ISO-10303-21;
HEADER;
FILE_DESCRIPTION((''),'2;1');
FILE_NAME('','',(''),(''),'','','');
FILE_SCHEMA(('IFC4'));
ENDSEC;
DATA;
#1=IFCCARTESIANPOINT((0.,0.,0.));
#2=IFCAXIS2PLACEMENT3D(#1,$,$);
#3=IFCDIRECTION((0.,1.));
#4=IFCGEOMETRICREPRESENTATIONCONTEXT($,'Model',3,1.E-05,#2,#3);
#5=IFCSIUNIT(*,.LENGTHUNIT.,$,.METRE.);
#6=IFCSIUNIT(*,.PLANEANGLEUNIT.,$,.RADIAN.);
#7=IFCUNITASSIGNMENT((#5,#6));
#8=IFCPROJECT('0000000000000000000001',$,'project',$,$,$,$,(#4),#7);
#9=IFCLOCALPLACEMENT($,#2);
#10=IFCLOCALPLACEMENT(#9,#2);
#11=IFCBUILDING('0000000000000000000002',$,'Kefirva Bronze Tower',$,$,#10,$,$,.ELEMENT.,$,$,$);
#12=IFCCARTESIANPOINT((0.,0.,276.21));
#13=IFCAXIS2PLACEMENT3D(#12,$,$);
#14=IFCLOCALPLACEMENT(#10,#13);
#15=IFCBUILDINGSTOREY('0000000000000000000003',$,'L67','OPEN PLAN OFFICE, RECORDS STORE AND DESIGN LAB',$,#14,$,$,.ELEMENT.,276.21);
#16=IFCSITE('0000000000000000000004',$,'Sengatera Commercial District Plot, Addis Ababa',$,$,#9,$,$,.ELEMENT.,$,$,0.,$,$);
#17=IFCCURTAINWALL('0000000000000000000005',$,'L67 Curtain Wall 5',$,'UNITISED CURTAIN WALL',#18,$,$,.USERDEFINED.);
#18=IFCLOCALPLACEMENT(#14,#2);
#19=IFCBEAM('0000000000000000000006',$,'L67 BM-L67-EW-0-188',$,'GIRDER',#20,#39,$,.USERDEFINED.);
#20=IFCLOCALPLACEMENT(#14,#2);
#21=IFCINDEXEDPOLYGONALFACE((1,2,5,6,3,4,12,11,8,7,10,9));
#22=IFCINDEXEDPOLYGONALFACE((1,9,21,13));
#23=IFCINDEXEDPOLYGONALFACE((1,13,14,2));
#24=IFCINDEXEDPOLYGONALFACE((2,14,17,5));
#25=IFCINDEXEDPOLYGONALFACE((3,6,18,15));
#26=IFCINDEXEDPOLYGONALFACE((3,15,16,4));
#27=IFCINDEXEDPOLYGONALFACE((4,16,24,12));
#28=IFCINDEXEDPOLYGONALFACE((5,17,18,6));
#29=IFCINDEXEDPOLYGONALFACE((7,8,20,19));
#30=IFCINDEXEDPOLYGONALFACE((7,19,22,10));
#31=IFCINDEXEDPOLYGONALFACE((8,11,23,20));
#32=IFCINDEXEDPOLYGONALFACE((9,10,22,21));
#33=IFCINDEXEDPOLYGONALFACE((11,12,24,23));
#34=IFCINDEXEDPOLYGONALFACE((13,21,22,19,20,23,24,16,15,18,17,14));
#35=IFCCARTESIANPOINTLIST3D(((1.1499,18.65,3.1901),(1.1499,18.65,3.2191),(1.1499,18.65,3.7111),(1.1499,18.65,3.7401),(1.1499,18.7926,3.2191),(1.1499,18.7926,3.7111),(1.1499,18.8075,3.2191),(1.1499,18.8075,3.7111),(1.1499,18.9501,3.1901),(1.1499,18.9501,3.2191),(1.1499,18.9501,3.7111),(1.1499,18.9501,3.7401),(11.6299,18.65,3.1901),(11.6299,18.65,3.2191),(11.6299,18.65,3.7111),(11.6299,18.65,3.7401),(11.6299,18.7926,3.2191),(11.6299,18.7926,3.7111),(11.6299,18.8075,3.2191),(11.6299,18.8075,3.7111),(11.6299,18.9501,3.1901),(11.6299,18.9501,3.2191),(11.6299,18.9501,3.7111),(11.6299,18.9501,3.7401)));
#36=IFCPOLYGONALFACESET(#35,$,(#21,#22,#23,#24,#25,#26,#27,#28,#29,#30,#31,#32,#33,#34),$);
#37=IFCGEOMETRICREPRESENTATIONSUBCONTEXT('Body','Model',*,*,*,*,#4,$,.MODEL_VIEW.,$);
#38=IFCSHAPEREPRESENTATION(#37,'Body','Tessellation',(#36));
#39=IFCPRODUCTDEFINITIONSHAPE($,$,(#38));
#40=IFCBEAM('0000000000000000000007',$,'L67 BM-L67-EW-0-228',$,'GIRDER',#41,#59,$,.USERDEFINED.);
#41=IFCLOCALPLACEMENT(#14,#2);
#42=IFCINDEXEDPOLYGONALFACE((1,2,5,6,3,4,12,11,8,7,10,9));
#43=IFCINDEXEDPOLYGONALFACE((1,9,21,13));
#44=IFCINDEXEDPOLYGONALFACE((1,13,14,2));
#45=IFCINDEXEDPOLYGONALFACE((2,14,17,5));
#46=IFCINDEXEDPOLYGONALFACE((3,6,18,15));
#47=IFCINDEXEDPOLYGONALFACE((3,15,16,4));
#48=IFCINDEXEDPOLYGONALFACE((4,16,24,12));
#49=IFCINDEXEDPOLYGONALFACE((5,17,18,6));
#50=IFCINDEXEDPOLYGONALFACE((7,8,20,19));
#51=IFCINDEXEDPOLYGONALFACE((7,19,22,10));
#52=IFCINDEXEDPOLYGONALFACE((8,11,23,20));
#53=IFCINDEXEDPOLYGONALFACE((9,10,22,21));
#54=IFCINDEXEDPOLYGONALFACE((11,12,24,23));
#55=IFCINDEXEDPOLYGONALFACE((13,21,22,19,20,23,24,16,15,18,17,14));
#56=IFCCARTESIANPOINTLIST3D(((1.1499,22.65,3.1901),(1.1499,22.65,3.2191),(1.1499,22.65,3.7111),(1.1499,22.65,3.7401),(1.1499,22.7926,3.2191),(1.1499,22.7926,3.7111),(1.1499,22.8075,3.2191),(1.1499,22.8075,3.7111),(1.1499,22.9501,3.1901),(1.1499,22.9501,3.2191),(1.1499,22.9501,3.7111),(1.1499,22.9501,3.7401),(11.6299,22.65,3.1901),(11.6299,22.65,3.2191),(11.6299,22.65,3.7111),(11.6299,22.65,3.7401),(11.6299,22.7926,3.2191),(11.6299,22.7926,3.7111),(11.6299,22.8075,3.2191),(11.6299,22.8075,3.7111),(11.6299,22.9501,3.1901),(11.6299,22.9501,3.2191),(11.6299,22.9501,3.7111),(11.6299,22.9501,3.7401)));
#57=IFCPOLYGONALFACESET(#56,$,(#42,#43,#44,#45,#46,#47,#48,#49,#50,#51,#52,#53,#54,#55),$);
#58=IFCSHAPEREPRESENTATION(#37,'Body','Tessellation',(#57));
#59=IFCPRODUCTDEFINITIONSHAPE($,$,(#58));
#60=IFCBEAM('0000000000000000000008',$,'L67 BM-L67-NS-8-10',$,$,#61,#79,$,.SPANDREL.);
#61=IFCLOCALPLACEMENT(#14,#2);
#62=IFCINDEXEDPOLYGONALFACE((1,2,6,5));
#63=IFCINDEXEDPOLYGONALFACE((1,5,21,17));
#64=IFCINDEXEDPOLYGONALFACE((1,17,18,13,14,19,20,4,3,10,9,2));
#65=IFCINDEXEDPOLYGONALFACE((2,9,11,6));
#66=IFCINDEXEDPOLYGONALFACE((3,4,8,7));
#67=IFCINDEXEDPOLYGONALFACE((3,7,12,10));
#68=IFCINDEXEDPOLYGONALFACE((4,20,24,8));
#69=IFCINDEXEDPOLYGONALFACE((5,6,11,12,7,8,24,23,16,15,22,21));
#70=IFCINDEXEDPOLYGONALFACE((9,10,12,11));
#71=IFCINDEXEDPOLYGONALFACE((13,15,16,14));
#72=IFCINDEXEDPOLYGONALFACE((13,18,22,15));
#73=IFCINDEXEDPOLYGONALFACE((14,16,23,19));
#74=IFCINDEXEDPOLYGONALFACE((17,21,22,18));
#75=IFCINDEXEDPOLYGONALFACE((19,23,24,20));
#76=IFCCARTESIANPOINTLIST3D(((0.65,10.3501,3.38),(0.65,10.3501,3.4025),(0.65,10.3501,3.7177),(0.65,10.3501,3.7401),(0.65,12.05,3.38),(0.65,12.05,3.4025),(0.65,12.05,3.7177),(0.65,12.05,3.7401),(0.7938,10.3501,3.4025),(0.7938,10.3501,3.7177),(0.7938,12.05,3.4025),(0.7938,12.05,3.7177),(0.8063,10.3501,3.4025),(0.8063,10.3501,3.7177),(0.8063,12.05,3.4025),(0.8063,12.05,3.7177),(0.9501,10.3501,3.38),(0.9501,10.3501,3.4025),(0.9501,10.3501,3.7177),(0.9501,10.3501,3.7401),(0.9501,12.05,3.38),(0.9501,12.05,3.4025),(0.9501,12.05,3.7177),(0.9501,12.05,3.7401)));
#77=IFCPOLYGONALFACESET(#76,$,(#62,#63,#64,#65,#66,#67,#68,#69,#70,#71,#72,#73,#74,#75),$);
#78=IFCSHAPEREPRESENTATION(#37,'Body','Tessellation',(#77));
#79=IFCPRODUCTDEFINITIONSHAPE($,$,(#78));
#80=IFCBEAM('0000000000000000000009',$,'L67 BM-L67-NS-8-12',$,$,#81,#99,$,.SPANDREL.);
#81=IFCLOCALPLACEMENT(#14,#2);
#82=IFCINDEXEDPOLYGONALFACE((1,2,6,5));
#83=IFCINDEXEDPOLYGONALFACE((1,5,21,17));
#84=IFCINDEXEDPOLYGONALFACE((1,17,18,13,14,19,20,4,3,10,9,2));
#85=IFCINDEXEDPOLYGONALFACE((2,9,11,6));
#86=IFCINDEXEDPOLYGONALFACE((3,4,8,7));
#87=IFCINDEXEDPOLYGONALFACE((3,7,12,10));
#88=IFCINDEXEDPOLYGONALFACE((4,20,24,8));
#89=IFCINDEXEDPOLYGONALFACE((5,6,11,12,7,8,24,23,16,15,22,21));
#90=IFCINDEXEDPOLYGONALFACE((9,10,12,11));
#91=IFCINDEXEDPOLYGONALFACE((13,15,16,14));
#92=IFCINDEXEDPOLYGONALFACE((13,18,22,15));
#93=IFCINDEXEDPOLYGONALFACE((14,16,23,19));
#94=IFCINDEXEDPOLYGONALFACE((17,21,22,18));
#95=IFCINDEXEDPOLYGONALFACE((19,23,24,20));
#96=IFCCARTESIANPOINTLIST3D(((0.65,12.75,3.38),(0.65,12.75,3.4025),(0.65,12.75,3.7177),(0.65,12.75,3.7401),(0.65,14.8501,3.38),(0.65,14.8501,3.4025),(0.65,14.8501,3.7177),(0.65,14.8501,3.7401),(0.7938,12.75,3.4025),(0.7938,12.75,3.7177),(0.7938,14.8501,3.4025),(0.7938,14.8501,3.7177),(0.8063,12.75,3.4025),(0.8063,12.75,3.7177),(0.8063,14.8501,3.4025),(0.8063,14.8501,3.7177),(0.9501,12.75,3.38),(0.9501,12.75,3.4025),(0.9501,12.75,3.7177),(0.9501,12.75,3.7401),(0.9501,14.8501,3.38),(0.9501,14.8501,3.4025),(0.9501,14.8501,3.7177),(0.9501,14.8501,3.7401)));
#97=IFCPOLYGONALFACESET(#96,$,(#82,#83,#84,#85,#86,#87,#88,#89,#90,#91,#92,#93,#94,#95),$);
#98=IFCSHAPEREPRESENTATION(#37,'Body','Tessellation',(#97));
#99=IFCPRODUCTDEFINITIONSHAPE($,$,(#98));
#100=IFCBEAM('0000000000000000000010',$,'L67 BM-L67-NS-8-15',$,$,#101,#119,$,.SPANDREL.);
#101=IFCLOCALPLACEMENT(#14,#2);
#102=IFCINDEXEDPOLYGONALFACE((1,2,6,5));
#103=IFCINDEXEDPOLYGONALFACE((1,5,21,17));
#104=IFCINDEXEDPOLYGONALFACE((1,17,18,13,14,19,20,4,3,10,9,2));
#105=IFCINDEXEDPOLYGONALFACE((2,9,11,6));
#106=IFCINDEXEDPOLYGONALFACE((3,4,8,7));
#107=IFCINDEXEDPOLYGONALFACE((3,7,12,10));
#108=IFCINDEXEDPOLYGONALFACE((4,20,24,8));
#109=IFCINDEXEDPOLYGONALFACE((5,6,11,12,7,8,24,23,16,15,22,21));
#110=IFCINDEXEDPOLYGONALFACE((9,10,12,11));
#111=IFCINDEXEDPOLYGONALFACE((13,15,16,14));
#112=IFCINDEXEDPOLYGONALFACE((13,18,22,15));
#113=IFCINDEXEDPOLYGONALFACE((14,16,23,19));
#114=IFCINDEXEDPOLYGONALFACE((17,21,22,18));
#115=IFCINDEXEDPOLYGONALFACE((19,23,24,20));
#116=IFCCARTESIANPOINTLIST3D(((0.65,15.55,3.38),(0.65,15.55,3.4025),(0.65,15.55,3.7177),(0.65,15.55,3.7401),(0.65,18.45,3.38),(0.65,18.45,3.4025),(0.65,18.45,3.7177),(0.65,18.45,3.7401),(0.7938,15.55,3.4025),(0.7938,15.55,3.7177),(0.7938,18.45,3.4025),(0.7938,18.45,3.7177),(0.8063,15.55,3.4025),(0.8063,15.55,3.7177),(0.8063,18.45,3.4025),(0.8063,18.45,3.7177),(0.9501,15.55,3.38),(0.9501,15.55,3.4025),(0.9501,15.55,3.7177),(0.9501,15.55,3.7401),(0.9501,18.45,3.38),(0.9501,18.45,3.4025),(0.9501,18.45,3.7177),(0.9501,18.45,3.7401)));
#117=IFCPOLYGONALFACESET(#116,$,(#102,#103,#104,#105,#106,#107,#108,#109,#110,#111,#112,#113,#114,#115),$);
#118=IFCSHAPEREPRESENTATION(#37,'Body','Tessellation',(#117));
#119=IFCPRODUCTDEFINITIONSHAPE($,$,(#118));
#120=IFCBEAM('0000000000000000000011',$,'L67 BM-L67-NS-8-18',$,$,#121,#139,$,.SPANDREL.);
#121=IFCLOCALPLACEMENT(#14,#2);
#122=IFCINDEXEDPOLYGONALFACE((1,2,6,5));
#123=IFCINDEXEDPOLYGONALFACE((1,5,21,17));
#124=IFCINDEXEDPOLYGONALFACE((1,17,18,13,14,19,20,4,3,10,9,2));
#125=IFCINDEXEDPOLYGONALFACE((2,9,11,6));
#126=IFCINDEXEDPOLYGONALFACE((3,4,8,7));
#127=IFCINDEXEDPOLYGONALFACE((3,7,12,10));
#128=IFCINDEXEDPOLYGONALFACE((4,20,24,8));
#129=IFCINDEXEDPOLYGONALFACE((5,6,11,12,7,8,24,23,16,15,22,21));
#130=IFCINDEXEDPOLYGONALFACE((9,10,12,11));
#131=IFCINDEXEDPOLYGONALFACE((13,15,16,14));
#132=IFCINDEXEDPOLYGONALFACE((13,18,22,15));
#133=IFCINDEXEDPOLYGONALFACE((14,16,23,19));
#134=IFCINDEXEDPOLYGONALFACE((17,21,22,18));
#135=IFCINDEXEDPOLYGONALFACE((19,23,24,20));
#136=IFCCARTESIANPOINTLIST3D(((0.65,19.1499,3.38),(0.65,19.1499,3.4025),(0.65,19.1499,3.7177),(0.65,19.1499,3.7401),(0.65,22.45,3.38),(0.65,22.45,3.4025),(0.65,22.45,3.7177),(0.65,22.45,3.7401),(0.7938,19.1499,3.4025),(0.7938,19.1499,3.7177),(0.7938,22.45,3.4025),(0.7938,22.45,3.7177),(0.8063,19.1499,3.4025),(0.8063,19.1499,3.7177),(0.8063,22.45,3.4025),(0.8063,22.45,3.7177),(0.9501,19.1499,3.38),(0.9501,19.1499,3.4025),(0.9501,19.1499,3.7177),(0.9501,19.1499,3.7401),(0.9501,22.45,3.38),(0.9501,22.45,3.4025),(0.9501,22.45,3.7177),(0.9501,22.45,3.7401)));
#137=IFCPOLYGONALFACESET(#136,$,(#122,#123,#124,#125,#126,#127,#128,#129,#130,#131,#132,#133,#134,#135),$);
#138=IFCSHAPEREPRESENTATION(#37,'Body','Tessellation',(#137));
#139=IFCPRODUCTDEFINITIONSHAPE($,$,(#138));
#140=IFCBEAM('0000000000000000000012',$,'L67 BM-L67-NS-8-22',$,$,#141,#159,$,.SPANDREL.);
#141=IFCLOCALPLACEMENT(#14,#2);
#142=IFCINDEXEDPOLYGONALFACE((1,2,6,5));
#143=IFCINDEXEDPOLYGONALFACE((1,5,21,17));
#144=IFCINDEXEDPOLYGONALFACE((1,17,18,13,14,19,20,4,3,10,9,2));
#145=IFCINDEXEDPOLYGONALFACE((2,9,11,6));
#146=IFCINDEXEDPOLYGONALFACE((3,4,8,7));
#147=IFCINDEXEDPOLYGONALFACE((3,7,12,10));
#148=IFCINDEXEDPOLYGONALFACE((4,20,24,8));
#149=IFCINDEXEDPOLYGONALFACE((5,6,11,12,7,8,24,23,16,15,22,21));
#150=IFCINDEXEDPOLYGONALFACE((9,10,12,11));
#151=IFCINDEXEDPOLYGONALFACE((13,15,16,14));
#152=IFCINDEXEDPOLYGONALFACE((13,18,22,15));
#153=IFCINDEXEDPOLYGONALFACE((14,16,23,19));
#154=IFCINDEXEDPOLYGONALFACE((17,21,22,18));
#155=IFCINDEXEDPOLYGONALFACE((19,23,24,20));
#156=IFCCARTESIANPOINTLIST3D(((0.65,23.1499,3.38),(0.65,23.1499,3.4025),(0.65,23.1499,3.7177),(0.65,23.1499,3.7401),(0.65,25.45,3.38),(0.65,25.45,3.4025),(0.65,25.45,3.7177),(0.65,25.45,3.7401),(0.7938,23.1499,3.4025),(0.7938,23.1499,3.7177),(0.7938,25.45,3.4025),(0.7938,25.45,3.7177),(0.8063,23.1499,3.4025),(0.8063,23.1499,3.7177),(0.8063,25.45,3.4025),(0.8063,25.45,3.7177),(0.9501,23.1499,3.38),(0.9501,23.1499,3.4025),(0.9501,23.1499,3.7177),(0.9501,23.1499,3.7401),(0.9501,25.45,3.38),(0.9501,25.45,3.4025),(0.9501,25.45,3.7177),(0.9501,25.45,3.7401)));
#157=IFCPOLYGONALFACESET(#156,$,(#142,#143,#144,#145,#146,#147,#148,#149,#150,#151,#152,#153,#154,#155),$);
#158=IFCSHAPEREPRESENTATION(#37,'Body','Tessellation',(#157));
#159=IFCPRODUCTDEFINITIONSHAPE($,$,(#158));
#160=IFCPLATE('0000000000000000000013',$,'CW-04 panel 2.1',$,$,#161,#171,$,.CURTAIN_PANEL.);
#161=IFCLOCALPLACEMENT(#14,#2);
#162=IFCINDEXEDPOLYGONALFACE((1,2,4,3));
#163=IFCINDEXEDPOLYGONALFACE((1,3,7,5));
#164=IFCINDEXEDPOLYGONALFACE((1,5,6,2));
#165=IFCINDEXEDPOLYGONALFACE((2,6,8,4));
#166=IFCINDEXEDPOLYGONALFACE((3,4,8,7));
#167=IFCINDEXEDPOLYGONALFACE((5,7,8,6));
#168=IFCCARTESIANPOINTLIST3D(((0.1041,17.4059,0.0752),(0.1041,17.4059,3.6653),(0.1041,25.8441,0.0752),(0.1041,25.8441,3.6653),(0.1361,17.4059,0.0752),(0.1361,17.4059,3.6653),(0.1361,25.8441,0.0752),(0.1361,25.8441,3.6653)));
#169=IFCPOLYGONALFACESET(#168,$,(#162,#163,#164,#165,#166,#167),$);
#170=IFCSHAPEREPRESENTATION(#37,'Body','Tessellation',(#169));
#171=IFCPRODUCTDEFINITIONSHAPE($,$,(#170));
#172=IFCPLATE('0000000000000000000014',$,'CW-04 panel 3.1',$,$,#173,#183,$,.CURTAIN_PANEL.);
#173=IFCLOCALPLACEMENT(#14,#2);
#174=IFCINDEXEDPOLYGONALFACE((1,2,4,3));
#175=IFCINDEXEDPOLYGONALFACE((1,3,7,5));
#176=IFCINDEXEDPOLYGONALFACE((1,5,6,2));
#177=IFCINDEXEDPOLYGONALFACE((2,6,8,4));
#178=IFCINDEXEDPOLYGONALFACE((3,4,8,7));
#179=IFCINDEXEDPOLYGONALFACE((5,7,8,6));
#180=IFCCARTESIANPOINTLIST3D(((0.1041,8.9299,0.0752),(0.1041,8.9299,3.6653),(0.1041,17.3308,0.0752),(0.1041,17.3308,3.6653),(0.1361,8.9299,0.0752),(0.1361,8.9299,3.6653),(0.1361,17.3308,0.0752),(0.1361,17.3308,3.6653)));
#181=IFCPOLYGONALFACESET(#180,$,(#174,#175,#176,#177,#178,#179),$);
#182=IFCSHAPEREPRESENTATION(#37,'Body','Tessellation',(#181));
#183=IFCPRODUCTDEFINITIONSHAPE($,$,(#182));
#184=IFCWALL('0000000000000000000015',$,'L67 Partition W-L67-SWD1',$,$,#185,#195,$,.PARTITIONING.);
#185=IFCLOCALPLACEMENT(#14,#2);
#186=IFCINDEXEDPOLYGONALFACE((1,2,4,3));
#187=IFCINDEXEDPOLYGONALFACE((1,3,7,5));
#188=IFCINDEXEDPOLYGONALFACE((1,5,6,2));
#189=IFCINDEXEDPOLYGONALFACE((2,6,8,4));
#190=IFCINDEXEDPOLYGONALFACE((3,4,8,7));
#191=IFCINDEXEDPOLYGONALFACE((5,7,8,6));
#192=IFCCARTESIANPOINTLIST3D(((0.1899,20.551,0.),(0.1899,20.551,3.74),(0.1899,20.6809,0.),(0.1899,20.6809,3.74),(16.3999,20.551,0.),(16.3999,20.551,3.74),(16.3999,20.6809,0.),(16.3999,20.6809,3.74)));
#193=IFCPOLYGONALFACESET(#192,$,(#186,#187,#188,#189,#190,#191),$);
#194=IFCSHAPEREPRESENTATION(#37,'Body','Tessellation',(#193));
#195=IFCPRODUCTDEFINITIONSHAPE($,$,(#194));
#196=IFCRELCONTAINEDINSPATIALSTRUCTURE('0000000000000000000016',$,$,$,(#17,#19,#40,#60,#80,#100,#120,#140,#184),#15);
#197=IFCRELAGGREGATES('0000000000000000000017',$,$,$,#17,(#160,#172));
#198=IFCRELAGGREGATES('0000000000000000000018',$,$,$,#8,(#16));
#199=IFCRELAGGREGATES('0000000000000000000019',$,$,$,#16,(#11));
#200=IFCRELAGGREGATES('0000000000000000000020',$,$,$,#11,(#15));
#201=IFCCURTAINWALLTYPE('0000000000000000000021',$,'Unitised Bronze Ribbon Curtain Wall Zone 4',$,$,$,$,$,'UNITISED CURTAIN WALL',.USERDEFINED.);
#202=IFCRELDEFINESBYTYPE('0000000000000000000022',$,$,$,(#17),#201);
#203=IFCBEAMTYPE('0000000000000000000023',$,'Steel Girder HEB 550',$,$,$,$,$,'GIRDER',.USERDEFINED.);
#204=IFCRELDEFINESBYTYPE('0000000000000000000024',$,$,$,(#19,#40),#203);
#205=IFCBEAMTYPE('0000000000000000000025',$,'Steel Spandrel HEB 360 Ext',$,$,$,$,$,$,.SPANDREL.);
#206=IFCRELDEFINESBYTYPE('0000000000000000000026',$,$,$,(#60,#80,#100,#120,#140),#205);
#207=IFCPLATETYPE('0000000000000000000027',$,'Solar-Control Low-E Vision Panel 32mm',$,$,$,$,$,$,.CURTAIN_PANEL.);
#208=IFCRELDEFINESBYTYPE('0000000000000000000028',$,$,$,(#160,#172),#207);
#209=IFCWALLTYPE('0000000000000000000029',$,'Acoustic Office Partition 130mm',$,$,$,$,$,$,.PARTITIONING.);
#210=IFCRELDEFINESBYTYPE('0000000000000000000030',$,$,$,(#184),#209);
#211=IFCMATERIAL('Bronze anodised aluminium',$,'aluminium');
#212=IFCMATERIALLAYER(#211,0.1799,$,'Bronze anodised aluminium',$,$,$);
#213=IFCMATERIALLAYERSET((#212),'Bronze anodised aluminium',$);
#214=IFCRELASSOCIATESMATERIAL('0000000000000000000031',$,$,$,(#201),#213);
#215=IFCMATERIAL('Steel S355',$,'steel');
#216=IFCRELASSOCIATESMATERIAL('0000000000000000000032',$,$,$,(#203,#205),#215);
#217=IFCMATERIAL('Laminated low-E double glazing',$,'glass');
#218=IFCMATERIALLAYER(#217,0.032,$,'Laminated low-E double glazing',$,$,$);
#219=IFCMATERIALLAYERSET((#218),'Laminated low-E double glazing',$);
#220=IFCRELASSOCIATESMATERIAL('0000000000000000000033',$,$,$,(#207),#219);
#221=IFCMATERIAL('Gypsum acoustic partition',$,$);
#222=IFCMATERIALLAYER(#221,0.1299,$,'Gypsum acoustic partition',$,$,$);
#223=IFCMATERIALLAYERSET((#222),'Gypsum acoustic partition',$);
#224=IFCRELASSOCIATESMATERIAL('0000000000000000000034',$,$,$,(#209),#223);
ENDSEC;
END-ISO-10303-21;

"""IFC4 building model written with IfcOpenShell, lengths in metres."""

from ifc_helpers import new_model, si_unit, direction, frame, frame_2d, origin, origin_2d, place, context, subcontext, project, spatial, rectangle, i_section, extrude, material, layer, layer_set, material_profile, profile_set, type_object, element, aggregate, save


model = new_model("IFC4")

# Units and contexts
model_context = context("Model", 3, precision=1e-05, world=origin(), true_north=direction((0.0, 1.0)))
body_context = subcontext(model_context, "Body", "Model", "MODEL_VIEW")
ifc_project = project(units=[si_unit("LENGTHUNIT", "METRE"), si_unit("PLANEANGLEUNIT", "RADIAN")], contexts=[model_context])

# Site, building, storey
site_placement = place(None, origin())
site = spatial("IfcSite", under=ifc_project, at=site_placement, Name="Sengatera Commercial District Plot, Addis Ababa", CompositionType="ELEMENT", RefElevation=0.0)
building_placement = place(site_placement, origin())
building = spatial("IfcBuilding", under=site, at=building_placement, Name="Kefirva Bronze Tower", CompositionType="ELEMENT")
storey_placement = place(building_placement, frame((0.0, 0.0, 276.21)))
storey = spatial("IfcBuildingStorey", under=building, at=storey_placement, Name="L67", Description="OPEN PLAN OFFICE, RECORDS STORE AND DESIGN LAB", CompositionType="ELEMENT", Elevation=276.21)

# Curtain wall
ifc_material_1 = material(Name="Bronze anodised aluminium", Category="aluminium")
ifc_layer_1 = layer(ifc_material_1, 0.1799, Name="Bronze anodised aluminium")
ifc_layer_set_1 = layer_set([ifc_layer_1], Name="Bronze anodised aluminium")
curtain_wall_type = type_object("IfcCurtainWallType", Name="Unitised Bronze Ribbon Curtain Wall Zone 4", ElementType="UNITISED CURTAIN WALL", PredefinedType="USERDEFINED", material=ifc_layer_set_1)
curtain_wall_placement = place(storey_placement, origin())
curtain_wall = element("IfcCurtainWall", 1, at=curtain_wall_placement, inside=storey, type_object=curtain_wall_type, Name="L67 Curtain Wall 5", ObjectType="UNITISED CURTAIN WALL", PredefinedType="USERDEFINED")

# Beams
ifc_material_2 = material(Name="Steel S355", Category="steel")
ifc_material_profile_1 = material_profile(ifc_material_2, i_section(OverallWidth=0.3, OverallDepth=0.55, WebThickness=0.0149, FlangeThickness=0.0291, at=origin_2d()), Name="HEB 550")
ifc_profile_set_1 = profile_set([ifc_material_profile_1], Name="Steel S355")
beam_type_1 = type_object("IfcBeamType", Name="Steel Girder HEB 550", ElementType="GIRDER", PredefinedType="USERDEFINED", material=ifc_profile_set_1)
for number, where, z_axis, x_axis, name in (
    (2, (1.1499, 18.8, 3.4651), (1.0, 0.0, 0.0), (0.0, 1.0, 0.0), "L67 BM-L67-EW-0-188"),
    (3, (1.1499, 22.8, 3.4651), (1.0, 0.0, 0.0), (0.0, 1.0, 0.0), "L67 BM-L67-EW-0-228"),
):
    element("IfcBeam", number, at=place(storey_placement, frame(where, z_axis=z_axis, x_axis=x_axis)), inside=storey, type_object=beam_type_1, Name=name, ObjectType="GIRDER", PredefinedType="USERDEFINED", context=body_context, shape_type="SweptSolid", body=[
        extrude(i_section(OverallWidth=0.3, OverallDepth=0.55, WebThickness=0.0149, FlangeThickness=0.0291, at=origin_2d()), origin(), (0.0, 0.0, 1.0), 10.48),
    ])
ifc_material_profile_2 = material_profile(ifc_material_2, i_section(OverallWidth=0.3, OverallDepth=0.3601, WebThickness=0.0125, FlangeThickness=0.0225, at=origin_2d()), Name="HEB 360")
ifc_profile_set_2 = profile_set([ifc_material_profile_2], Name="Steel S355")
beam_type_2 = type_object("IfcBeamType", Name="Steel Spandrel HEB 360 Ext", PredefinedType="SPANDREL", material=ifc_profile_set_2)
beam_1_placement = place(storey_placement, frame((0.8, 10.3501, 3.5601), z_axis=(0.0, 1.0, 0.0), x_axis=(-1.0, 0.0, 0.0)))
element("IfcBeam", 4, at=beam_1_placement, inside=storey, type_object=beam_type_2, Name="L67 BM-L67-NS-8-10", PredefinedType="SPANDREL", context=body_context, shape_type="SweptSolid", body=[
    extrude(i_section(OverallWidth=0.3, OverallDepth=0.3601, WebThickness=0.0125, FlangeThickness=0.0225, at=origin_2d()), origin(), (0.0, 0.0, 1.0), 1.7),
])
beam_2_placement = place(storey_placement, frame((0.8, 12.75, 3.5601), z_axis=(0.0, 1.0, 0.0), x_axis=(-1.0, 0.0, 0.0)))
element("IfcBeam", 5, at=beam_2_placement, inside=storey, type_object=beam_type_2, Name="L67 BM-L67-NS-8-12", PredefinedType="SPANDREL", context=body_context, shape_type="SweptSolid", body=[
    extrude(i_section(OverallWidth=0.3, OverallDepth=0.3601, WebThickness=0.0125, FlangeThickness=0.0225, at=origin_2d()), origin(), (0.0, 0.0, 1.0), 2.1001),
])
beam_3_placement = place(storey_placement, frame((0.8, 15.55, 3.5601), z_axis=(0.0, 1.0, 0.0), x_axis=(-1.0, 0.0, 0.0)))
element("IfcBeam", 6, at=beam_3_placement, inside=storey, type_object=beam_type_2, Name="L67 BM-L67-NS-8-15", PredefinedType="SPANDREL", context=body_context, shape_type="SweptSolid", body=[
    extrude(i_section(OverallWidth=0.3, OverallDepth=0.3601, WebThickness=0.0125, FlangeThickness=0.0225, at=origin_2d()), origin(), (0.0, 0.0, 1.0), 2.8999),
])
beam_4_placement = place(storey_placement, frame((0.8, 19.1499, 3.5601), z_axis=(0.0, 1.0, 0.0), x_axis=(-1.0, 0.0, 0.0)))
element("IfcBeam", 7, at=beam_4_placement, inside=storey, type_object=beam_type_2, Name="L67 BM-L67-NS-8-18", PredefinedType="SPANDREL", context=body_context, shape_type="SweptSolid", body=[
    extrude(i_section(OverallWidth=0.3, OverallDepth=0.3601, WebThickness=0.0125, FlangeThickness=0.0225, at=origin_2d()), origin(), (0.0, 0.0, 1.0), 3.3),
])
beam_5_placement = place(storey_placement, frame((0.8, 23.1499, 3.5601), z_axis=(0.0, 1.0, 0.0), x_axis=(-1.0, 0.0, 0.0)))
element("IfcBeam", 8, at=beam_5_placement, inside=storey, type_object=beam_type_2, Name="L67 BM-L67-NS-8-22", PredefinedType="SPANDREL", context=body_context, shape_type="SweptSolid", body=[
    extrude(i_section(OverallWidth=0.3, OverallDepth=0.3601, WebThickness=0.0125, FlangeThickness=0.0225, at=origin_2d()), origin(), (0.0, 0.0, 1.0), 2.3),
])

# Plates
ifc_material_3 = material(Name="Laminated low-E double glazing", Category="glass")
ifc_layer_2 = layer(ifc_material_3, 0.032, Name="Laminated low-E double glazing")
ifc_layer_set_2 = layer_set([ifc_layer_2], Name="Laminated low-E double glazing")
plate_type = type_object("IfcPlateType", Name="Solar-Control Low-E Vision Panel 32mm", PredefinedType="CURTAIN_PANEL", material=ifc_layer_set_2)
plate_1_placement = place(storey_placement, frame((0.1201, 21.625, 0.0752), z_axis=(0.0, 0.0, 1.0), x_axis=(0.0, -1.0, 0.0)))
plate_1 = element("IfcPlate", 9, at=plate_1_placement, type_object=plate_type, Name="CW-04 panel 2.1", PredefinedType="CURTAIN_PANEL", context=body_context, shape_type="SweptSolid", body=[
    extrude(rectangle(XDim=8.4382, YDim=0.032, at=origin_2d()), origin(), (0.0, 0.0, 1.0), 3.5901),
])
plate_2_placement = place(storey_placement, frame((0.1201, 13.1304, 0.0752), z_axis=(0.0, 0.0, 1.0), x_axis=(0.0, -1.0, 0.0)))
plate_2 = element("IfcPlate", 10, at=plate_2_placement, type_object=plate_type, Name="CW-04 panel 3.1", PredefinedType="CURTAIN_PANEL", context=body_context, shape_type="SweptSolid", body=[
    extrude(rectangle(XDim=8.4009, YDim=0.032, at=origin_2d()), origin(), (0.0, 0.0, 1.0), 3.5901),
])
aggregate(curtain_wall, [plate_1, plate_2])

# Wall
ifc_material_4 = material(Name="Gypsum acoustic partition")
ifc_layer_3 = layer(ifc_material_4, 0.1299, Name="Gypsum acoustic partition")
ifc_layer_set_3 = layer_set([ifc_layer_3], Name="Gypsum acoustic partition")
wall_type_1 = type_object("IfcWallType", Name="Acoustic Office Partition 130mm", PredefinedType="PARTITIONING", material=ifc_layer_set_3)
for number, where, z_axis, x_axis, name in (
    (11, (0.1899, 20.616, 0.0), (0.0, 0.0, 1.0), (1.0, 0.0, 0.0), "L67 Partition W-L67-SWD1"),
):
    element("IfcWall", number, at=place(storey_placement, frame(where, z_axis=z_axis, x_axis=x_axis)), inside=storey, type_object=wall_type_1, Name=name, PredefinedType="PARTITIONING", context=body_context, shape_type="SweptSolid", body=[
        extrude(rectangle(XDim=16.21, YDim=0.1299, at=frame_2d((8.105, 0.0))), origin(), (0.0, 0.0, 1.0), 3.74),
    ])

save(model, "model.ifc")
